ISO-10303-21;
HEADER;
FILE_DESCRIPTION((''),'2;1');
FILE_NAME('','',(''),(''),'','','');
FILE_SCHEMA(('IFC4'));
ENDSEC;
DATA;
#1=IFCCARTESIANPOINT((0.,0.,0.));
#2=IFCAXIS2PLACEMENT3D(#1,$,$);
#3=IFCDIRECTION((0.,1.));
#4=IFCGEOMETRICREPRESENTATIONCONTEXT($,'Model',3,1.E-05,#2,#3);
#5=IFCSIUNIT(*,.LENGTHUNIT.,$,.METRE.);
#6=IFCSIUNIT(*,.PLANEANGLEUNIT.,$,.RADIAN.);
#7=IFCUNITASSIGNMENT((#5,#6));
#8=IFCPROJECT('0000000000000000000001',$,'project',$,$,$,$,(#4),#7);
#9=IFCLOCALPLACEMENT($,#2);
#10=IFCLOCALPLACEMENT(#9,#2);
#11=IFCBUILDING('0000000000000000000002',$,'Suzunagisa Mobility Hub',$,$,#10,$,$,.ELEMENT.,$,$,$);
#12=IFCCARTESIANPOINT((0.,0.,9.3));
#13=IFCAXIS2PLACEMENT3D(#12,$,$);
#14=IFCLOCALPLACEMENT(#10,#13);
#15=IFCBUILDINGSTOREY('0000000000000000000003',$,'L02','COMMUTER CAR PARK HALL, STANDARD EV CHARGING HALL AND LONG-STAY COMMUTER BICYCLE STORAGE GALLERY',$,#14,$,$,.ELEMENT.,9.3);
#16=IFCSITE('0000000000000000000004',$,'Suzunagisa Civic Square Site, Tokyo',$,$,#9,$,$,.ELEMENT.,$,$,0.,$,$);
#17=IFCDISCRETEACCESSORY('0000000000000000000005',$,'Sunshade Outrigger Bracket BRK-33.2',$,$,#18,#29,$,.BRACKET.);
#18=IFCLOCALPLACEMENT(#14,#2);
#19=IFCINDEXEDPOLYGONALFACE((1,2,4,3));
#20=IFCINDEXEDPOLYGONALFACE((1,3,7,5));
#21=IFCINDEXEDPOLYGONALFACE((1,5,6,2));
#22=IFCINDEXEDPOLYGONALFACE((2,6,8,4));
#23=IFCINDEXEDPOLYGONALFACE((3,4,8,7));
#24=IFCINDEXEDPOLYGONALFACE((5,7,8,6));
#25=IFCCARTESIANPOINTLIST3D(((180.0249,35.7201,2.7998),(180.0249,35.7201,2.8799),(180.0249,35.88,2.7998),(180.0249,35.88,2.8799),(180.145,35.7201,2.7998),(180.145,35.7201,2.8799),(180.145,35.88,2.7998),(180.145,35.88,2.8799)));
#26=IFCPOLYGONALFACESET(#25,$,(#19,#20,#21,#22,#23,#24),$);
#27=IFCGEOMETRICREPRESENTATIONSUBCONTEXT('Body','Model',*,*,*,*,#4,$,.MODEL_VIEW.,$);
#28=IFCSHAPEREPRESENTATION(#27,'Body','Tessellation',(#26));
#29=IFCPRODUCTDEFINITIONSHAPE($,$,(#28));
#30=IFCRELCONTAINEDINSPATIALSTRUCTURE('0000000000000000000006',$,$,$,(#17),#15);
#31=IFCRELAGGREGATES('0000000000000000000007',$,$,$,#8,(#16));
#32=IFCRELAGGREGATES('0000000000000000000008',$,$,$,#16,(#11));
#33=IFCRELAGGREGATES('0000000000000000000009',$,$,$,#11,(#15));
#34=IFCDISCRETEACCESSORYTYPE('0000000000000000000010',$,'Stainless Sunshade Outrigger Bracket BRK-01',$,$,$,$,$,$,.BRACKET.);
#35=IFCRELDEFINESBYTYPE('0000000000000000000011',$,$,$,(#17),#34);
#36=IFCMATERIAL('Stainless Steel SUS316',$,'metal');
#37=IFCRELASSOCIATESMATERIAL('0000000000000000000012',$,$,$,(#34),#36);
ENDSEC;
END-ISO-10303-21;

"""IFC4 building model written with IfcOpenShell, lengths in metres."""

from ifc_helpers import new_model, si_unit, direction, frame, origin, origin_2d, place, context, subcontext, project, spatial, rectangle, extrude, material, type_object, element, save


model = new_model("IFC4")

# Units and contexts
model_context = context("Model", 3, precision=1e-05, world=origin(), true_north=direction((0.0, 1.0)))
body_context = subcontext(model_context, "Body", "Model", "MODEL_VIEW")
ifc_project = project(units=[si_unit("LENGTHUNIT", "METRE"), si_unit("PLANEANGLEUNIT", "RADIAN")], contexts=[model_context])

# Site, building, storey
site_placement = place(None, origin())
site = spatial("IfcSite", under=ifc_project, at=site_placement, Name="Suzunagisa Civic Square Site, Tokyo", CompositionType="ELEMENT", RefElevation=0.0)
building_placement = place(site_placement, origin())
building = spatial("IfcBuilding", under=site, at=building_placement, Name="Suzunagisa Mobility Hub", CompositionType="ELEMENT")
storey_placement = place(building_placement, frame((0.0, 0.0, 9.3)))
storey = spatial("IfcBuildingStorey", under=building, at=storey_placement, Name="L02", Description="COMMUTER CAR PARK HALL, STANDARD EV CHARGING HALL AND LONG-STAY COMMUTER BICYCLE STORAGE GALLERY", CompositionType="ELEMENT", Elevation=9.3)

# Discrete accessory
ifc_material_1 = material(Name="Stainless Steel SUS316", Category="metal")
discrete_accessory_type = type_object("IfcDiscreteAccessoryType", Name="Stainless Sunshade Outrigger Bracket BRK-01", PredefinedType="BRACKET", material=ifc_material_1)
discrete_accessory_placement = place(storey_placement, frame((180.085, 35.8, 2.7998), z_axis=(0.0, 0.0, 1.0), x_axis=(0.0, 1.0, 0.0)))
element("IfcDiscreteAccessory", 1, at=discrete_accessory_placement, inside=storey, type_object=discrete_accessory_type, Name="Sunshade Outrigger Bracket BRK-33.2", PredefinedType="BRACKET", context=body_context, shape_type="SweptSolid", body=[
    extrude(rectangle(XDim=0.1599, YDim=0.1201, at=origin_2d()), origin(), (0.0, 0.0, 1.0), 0.0801),
])

save(model, "model.ifc")
